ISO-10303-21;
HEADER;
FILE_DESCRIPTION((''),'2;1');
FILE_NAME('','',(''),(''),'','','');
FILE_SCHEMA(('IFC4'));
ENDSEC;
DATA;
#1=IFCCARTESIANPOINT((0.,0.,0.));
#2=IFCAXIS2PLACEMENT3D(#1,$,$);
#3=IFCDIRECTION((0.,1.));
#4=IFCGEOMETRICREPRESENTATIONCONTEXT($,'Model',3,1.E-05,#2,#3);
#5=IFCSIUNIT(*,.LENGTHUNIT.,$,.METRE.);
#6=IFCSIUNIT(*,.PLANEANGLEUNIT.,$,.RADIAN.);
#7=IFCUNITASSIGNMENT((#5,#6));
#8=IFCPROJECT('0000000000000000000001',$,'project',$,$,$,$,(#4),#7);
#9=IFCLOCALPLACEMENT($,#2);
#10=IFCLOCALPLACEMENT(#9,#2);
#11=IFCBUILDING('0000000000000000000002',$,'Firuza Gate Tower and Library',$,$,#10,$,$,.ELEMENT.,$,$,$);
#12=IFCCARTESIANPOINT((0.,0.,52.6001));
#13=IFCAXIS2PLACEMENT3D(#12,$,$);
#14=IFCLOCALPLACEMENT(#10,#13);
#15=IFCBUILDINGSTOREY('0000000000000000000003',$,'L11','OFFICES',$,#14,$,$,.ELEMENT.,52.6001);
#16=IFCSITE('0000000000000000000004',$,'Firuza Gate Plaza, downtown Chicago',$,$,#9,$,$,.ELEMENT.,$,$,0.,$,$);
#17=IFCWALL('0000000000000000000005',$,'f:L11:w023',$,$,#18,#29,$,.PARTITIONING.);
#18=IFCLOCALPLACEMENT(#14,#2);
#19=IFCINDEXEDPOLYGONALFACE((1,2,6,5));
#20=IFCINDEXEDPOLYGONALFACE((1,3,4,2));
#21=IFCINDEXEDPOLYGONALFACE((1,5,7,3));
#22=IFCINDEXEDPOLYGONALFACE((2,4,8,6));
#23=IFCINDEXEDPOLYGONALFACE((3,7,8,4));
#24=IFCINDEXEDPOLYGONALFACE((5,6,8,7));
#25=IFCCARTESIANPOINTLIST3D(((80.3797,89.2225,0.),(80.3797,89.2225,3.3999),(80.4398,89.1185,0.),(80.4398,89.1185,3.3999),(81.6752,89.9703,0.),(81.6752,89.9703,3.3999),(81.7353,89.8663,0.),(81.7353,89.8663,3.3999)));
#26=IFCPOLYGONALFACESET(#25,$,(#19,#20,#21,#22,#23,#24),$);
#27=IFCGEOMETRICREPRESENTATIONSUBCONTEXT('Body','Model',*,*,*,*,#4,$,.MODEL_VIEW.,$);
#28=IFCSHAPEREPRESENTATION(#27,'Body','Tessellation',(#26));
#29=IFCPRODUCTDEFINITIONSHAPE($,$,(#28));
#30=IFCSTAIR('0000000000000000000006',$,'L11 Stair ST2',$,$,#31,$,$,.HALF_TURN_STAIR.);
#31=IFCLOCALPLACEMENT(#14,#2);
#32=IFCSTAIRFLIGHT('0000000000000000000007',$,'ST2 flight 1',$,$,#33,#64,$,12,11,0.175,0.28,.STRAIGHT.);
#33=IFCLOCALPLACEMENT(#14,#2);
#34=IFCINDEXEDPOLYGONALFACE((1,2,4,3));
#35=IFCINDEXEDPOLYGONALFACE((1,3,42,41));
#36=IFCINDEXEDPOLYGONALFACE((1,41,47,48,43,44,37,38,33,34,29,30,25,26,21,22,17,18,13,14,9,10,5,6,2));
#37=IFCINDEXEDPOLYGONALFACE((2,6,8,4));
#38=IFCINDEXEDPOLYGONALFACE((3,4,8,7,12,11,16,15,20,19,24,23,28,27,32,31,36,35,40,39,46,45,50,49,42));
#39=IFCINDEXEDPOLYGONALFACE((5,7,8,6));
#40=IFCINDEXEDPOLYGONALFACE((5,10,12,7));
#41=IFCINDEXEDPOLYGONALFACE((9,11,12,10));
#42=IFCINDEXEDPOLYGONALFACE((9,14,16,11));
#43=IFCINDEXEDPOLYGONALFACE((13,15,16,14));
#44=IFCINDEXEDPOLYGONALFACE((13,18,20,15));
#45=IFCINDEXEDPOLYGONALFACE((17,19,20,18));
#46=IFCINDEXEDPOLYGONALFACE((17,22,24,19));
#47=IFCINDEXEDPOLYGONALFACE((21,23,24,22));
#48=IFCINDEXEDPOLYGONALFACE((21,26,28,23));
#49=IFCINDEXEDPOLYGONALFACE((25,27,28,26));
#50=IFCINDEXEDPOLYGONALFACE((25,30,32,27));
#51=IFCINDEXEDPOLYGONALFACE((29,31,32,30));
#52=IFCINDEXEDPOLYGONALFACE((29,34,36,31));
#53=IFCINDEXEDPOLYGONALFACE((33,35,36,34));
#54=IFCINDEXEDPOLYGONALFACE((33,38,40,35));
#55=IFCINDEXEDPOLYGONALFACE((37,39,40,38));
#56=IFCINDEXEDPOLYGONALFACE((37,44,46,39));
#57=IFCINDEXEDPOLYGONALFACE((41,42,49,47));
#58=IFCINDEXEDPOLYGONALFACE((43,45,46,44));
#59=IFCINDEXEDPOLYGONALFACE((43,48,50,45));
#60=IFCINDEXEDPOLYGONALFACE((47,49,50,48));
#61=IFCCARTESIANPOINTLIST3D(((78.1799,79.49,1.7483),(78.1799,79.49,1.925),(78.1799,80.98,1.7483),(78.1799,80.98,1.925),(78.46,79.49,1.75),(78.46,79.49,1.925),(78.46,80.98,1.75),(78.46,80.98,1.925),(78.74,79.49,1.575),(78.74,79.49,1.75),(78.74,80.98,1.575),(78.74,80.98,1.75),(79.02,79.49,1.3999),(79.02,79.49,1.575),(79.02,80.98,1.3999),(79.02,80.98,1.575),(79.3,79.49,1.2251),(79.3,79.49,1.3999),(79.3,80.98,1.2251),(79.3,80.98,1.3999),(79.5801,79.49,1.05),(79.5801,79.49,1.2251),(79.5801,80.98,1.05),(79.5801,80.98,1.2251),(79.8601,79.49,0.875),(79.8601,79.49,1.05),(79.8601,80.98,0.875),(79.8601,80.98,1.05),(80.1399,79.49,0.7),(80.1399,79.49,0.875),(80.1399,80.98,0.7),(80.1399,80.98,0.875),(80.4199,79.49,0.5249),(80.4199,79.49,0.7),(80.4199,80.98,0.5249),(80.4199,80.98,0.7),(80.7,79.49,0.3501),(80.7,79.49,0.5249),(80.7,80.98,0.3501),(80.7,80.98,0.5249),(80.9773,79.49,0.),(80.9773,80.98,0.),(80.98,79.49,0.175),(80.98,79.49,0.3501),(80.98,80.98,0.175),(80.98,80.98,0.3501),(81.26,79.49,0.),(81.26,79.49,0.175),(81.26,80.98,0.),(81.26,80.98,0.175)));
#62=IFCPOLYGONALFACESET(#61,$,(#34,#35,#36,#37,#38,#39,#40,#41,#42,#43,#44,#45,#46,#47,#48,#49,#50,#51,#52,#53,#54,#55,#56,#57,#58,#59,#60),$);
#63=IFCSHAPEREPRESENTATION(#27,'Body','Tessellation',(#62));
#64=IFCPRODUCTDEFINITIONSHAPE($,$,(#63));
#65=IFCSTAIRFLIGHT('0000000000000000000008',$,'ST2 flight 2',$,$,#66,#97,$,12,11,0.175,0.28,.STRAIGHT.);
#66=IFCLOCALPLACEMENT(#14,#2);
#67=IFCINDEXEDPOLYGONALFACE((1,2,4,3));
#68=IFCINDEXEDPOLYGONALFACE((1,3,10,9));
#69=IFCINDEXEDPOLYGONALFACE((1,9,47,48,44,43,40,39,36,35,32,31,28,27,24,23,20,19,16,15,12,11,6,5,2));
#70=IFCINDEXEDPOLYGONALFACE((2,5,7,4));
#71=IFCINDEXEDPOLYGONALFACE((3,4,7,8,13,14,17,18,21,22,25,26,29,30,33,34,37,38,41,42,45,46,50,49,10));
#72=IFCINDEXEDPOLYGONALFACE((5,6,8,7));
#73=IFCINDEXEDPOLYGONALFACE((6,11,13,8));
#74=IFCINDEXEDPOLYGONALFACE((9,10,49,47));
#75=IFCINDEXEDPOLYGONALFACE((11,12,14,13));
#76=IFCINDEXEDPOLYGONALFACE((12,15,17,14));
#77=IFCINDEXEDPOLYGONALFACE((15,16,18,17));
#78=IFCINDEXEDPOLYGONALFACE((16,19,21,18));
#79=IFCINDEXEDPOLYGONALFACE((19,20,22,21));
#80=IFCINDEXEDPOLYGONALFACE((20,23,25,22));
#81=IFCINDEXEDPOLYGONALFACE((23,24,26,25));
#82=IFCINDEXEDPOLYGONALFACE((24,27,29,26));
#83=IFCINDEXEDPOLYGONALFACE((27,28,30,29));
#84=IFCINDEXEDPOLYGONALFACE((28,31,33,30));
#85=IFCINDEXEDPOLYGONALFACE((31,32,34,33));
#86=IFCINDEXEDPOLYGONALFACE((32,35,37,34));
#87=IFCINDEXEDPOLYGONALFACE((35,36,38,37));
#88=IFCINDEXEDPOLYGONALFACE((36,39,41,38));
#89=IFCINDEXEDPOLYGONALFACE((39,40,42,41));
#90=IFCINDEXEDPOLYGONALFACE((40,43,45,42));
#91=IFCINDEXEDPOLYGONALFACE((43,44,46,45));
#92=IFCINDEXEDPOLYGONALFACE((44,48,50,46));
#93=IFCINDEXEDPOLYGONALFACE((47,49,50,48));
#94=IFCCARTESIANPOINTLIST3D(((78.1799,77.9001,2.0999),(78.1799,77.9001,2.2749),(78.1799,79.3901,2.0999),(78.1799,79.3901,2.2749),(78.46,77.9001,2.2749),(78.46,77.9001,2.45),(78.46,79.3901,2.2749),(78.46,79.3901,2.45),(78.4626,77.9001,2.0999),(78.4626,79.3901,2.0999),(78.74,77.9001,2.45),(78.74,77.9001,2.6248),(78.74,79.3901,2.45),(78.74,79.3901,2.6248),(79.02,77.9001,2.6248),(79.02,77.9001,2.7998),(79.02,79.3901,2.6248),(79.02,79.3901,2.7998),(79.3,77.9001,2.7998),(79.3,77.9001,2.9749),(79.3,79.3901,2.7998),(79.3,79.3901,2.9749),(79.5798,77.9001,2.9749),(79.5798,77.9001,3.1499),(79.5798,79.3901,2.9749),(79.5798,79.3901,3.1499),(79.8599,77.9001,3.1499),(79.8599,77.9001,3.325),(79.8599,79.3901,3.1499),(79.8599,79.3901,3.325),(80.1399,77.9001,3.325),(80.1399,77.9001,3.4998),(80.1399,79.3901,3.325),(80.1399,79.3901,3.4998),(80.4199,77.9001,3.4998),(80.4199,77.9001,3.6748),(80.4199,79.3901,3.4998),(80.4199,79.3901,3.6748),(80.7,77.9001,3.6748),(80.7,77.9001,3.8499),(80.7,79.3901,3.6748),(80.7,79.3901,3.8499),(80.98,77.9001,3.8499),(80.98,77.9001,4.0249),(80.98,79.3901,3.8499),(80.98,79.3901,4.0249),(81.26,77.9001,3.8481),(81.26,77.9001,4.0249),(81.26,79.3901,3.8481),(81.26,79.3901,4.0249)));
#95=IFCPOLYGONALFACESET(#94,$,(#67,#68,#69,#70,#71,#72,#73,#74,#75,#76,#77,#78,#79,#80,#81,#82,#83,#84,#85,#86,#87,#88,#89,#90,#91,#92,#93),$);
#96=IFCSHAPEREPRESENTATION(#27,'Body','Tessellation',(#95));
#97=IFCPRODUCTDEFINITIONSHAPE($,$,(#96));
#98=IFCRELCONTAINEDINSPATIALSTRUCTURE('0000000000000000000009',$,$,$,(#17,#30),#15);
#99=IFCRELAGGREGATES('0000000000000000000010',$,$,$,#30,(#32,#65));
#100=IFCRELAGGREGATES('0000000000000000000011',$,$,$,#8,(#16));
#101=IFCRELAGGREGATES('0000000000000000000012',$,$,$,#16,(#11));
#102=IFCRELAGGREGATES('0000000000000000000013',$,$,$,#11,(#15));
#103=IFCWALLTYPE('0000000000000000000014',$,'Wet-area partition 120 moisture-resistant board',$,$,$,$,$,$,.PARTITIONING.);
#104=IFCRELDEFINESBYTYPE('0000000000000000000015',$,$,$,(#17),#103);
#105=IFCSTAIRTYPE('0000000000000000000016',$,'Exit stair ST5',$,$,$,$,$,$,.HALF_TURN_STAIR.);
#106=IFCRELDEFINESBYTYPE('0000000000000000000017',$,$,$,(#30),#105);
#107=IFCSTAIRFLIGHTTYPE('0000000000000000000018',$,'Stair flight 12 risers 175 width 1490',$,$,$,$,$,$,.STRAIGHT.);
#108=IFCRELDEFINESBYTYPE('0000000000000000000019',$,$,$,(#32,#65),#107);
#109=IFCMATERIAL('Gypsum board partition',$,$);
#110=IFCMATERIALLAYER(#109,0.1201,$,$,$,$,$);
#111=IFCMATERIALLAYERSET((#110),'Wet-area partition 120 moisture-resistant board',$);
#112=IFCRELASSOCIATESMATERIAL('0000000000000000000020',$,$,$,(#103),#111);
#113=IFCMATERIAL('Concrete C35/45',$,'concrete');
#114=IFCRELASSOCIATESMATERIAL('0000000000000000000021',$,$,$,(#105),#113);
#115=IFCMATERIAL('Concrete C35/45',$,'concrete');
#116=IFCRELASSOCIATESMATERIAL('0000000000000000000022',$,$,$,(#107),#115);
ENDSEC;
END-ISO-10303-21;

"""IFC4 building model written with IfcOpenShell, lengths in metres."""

from ifc_helpers import new_model, si_unit, direction, frame, frame_2d, origin, place, context, subcontext, project, spatial, polyline, rectangle, outline, extrude, material, layer, layer_set, type_object, element, aggregate, save


model = new_model("IFC4")

# Units and contexts
model_context = context("Model", 3, precision=1e-05, world=origin(), true_north=direction((0.0, 1.0)))
body_context = subcontext(model_context, "Body", "Model", "MODEL_VIEW")
ifc_project = project(units=[si_unit("LENGTHUNIT", "METRE"), si_unit("PLANEANGLEUNIT", "RADIAN")], contexts=[model_context])

# Site, building, storey
site_placement = place(None, origin())
site = spatial("IfcSite", under=ifc_project, at=site_placement, Name="Firuza Gate Plaza, downtown Chicago", CompositionType="ELEMENT", RefElevation=0.0)
building_placement = place(site_placement, origin())
building = spatial("IfcBuilding", under=site, at=building_placement, Name="Firuza Gate Tower and Library", CompositionType="ELEMENT")
storey_placement = place(building_placement, frame((0.0, 0.0, 52.6001)))
storey = spatial("IfcBuildingStorey", under=building, at=storey_placement, Name="L11", Description="OFFICES", CompositionType="ELEMENT", Elevation=52.6001)

# Wall
ifc_material_1 = material(Name="Gypsum board partition")
ifc_layer_1 = layer(ifc_material_1, 0.1201)
ifc_layer_set_1 = layer_set([ifc_layer_1], Name="Wet-area partition 120 moisture-resistant board")
wall_type_1 = type_object("IfcWallType", Name="Wet-area partition 120 moisture-resistant board", PredefinedType="PARTITIONING", material=ifc_layer_set_1)
wall_1_placement = place(storey_placement, frame((80.4097, 89.1704, 0.0), z_axis=(0.0, 0.0, 1.0), x_axis=(0.866055, 0.499949, 0.0)))
element("IfcWall", 1, at=wall_1_placement, inside=storey, type_object=wall_type_1, Name="f:L11:w023", PredefinedType="PARTITIONING", context=body_context, shape_type="SweptSolid", body=[
    extrude(rectangle(XDim=1.4958, YDim=0.1201, at=frame_2d((0.748, 0.0))), origin(), (0.0, 0.0, 1.0), 3.3999),
])

# Stair, stair flights
ifc_material_2 = material(Name="Concrete C35/45", Category="concrete")
stair_type = type_object("IfcStairType", Name="Exit stair ST5", PredefinedType="HALF_TURN_STAIR", material=ifc_material_2)
stair_placement = place(storey_placement, origin())
stair = element("IfcStair", 2, at=stair_placement, inside=storey, type_object=stair_type, Name="L11 Stair ST2", PredefinedType="HALF_TURN_STAIR")
ifc_material_3 = material(Name="Concrete C35/45", Category="concrete")
stair_flight_type = type_object("IfcStairFlightType", Name="Stair flight 12 risers 175 width 1490", PredefinedType="STRAIGHT", material=ifc_material_3)
stair_flight_1_placement = place(storey_placement, frame((81.26, 80.2351, 0.0), z_axis=(0.0, 0.0, 1.0), x_axis=(-1.0, 0.0, 0.0)))
stair_flight_1 = element("IfcStairFlight", 3, at=stair_flight_1_placement, type_object=stair_flight_type, Name="ST2 flight 1", NumberOfRisers=12, NumberOfTreads=11, PredefinedType="STRAIGHT", RiserHeight=0.175, TreadLength=0.28, context=body_context, shape_type="SweptSolid", body=[
    extrude(outline(polyline([(0.0, 0.0), (0.0, 0.175), (0.28, 0.175), (0.28, 0.3501), (0.5601, 0.3501), (0.5601, 0.5249), (0.8401, 0.5249), (0.8401, 0.7), (1.1201, 0.7), (1.1201, 0.875), (1.3999, 0.875), (1.3999, 1.05), (1.6799, 1.05), (1.6799, 1.2251), (1.96, 1.2251), (1.96, 1.3999), (2.24, 1.3999), (2.24, 1.575), (2.52, 1.575), (2.52, 1.75), (2.8, 1.75), (2.8, 1.925), (3.0801, 1.925), (3.0801, 2.1001), (3.0801, 1.7483), (0.2827, 0.0), (0.0, 0.0)])), frame((0.0, 0.7451, 0.0), z_axis=(0.0, -1.0, 0.0), x_axis=(1.0, 0.0, 0.0)), (0.0, 0.0, 1.0), 1.49),
])
stair_flight_2_placement = place(storey_placement, frame((78.1799, 78.645, 2.0999), z_axis=(0.0, 0.0, 1.0), x_axis=(1.0, 0.0, 0.0)))
stair_flight_2 = element("IfcStairFlight", 4, at=stair_flight_2_placement, type_object=stair_flight_type, Name="ST2 flight 2", NumberOfRisers=12, NumberOfTreads=11, PredefinedType="STRAIGHT", RiserHeight=0.175, TreadLength=0.28, context=body_context, shape_type="SweptSolid", body=[
    extrude(outline(polyline([(0.0, 0.0), (0.0, 0.175), (0.28, 0.175), (0.28, 0.3501), (0.5601, 0.3501), (0.5601, 0.5249), (0.8401, 0.5249), (0.8401, 0.7), (1.1201, 0.7), (1.1201, 0.875), (1.3999, 0.875), (1.3999, 1.05), (1.6799, 1.05), (1.6799, 1.2251), (1.96, 1.2251), (1.96, 1.3999), (2.24, 1.3999), (2.24, 1.575), (2.52, 1.575), (2.52, 1.75), (2.8, 1.75), (2.8, 1.925), (3.0801, 1.925), (3.0801, 2.1001), (3.0801, 1.7483), (0.2827, 0.0), (0.0, 0.0)])), frame((0.0, 0.7451, 0.0), z_axis=(0.0, -1.0, 0.0), x_axis=(1.0, 0.0, 0.0)), (0.0, 0.0, 1.0), 1.49),
])
aggregate(stair, [stair_flight_1, stair_flight_2])

save(model, "model.ifc")
